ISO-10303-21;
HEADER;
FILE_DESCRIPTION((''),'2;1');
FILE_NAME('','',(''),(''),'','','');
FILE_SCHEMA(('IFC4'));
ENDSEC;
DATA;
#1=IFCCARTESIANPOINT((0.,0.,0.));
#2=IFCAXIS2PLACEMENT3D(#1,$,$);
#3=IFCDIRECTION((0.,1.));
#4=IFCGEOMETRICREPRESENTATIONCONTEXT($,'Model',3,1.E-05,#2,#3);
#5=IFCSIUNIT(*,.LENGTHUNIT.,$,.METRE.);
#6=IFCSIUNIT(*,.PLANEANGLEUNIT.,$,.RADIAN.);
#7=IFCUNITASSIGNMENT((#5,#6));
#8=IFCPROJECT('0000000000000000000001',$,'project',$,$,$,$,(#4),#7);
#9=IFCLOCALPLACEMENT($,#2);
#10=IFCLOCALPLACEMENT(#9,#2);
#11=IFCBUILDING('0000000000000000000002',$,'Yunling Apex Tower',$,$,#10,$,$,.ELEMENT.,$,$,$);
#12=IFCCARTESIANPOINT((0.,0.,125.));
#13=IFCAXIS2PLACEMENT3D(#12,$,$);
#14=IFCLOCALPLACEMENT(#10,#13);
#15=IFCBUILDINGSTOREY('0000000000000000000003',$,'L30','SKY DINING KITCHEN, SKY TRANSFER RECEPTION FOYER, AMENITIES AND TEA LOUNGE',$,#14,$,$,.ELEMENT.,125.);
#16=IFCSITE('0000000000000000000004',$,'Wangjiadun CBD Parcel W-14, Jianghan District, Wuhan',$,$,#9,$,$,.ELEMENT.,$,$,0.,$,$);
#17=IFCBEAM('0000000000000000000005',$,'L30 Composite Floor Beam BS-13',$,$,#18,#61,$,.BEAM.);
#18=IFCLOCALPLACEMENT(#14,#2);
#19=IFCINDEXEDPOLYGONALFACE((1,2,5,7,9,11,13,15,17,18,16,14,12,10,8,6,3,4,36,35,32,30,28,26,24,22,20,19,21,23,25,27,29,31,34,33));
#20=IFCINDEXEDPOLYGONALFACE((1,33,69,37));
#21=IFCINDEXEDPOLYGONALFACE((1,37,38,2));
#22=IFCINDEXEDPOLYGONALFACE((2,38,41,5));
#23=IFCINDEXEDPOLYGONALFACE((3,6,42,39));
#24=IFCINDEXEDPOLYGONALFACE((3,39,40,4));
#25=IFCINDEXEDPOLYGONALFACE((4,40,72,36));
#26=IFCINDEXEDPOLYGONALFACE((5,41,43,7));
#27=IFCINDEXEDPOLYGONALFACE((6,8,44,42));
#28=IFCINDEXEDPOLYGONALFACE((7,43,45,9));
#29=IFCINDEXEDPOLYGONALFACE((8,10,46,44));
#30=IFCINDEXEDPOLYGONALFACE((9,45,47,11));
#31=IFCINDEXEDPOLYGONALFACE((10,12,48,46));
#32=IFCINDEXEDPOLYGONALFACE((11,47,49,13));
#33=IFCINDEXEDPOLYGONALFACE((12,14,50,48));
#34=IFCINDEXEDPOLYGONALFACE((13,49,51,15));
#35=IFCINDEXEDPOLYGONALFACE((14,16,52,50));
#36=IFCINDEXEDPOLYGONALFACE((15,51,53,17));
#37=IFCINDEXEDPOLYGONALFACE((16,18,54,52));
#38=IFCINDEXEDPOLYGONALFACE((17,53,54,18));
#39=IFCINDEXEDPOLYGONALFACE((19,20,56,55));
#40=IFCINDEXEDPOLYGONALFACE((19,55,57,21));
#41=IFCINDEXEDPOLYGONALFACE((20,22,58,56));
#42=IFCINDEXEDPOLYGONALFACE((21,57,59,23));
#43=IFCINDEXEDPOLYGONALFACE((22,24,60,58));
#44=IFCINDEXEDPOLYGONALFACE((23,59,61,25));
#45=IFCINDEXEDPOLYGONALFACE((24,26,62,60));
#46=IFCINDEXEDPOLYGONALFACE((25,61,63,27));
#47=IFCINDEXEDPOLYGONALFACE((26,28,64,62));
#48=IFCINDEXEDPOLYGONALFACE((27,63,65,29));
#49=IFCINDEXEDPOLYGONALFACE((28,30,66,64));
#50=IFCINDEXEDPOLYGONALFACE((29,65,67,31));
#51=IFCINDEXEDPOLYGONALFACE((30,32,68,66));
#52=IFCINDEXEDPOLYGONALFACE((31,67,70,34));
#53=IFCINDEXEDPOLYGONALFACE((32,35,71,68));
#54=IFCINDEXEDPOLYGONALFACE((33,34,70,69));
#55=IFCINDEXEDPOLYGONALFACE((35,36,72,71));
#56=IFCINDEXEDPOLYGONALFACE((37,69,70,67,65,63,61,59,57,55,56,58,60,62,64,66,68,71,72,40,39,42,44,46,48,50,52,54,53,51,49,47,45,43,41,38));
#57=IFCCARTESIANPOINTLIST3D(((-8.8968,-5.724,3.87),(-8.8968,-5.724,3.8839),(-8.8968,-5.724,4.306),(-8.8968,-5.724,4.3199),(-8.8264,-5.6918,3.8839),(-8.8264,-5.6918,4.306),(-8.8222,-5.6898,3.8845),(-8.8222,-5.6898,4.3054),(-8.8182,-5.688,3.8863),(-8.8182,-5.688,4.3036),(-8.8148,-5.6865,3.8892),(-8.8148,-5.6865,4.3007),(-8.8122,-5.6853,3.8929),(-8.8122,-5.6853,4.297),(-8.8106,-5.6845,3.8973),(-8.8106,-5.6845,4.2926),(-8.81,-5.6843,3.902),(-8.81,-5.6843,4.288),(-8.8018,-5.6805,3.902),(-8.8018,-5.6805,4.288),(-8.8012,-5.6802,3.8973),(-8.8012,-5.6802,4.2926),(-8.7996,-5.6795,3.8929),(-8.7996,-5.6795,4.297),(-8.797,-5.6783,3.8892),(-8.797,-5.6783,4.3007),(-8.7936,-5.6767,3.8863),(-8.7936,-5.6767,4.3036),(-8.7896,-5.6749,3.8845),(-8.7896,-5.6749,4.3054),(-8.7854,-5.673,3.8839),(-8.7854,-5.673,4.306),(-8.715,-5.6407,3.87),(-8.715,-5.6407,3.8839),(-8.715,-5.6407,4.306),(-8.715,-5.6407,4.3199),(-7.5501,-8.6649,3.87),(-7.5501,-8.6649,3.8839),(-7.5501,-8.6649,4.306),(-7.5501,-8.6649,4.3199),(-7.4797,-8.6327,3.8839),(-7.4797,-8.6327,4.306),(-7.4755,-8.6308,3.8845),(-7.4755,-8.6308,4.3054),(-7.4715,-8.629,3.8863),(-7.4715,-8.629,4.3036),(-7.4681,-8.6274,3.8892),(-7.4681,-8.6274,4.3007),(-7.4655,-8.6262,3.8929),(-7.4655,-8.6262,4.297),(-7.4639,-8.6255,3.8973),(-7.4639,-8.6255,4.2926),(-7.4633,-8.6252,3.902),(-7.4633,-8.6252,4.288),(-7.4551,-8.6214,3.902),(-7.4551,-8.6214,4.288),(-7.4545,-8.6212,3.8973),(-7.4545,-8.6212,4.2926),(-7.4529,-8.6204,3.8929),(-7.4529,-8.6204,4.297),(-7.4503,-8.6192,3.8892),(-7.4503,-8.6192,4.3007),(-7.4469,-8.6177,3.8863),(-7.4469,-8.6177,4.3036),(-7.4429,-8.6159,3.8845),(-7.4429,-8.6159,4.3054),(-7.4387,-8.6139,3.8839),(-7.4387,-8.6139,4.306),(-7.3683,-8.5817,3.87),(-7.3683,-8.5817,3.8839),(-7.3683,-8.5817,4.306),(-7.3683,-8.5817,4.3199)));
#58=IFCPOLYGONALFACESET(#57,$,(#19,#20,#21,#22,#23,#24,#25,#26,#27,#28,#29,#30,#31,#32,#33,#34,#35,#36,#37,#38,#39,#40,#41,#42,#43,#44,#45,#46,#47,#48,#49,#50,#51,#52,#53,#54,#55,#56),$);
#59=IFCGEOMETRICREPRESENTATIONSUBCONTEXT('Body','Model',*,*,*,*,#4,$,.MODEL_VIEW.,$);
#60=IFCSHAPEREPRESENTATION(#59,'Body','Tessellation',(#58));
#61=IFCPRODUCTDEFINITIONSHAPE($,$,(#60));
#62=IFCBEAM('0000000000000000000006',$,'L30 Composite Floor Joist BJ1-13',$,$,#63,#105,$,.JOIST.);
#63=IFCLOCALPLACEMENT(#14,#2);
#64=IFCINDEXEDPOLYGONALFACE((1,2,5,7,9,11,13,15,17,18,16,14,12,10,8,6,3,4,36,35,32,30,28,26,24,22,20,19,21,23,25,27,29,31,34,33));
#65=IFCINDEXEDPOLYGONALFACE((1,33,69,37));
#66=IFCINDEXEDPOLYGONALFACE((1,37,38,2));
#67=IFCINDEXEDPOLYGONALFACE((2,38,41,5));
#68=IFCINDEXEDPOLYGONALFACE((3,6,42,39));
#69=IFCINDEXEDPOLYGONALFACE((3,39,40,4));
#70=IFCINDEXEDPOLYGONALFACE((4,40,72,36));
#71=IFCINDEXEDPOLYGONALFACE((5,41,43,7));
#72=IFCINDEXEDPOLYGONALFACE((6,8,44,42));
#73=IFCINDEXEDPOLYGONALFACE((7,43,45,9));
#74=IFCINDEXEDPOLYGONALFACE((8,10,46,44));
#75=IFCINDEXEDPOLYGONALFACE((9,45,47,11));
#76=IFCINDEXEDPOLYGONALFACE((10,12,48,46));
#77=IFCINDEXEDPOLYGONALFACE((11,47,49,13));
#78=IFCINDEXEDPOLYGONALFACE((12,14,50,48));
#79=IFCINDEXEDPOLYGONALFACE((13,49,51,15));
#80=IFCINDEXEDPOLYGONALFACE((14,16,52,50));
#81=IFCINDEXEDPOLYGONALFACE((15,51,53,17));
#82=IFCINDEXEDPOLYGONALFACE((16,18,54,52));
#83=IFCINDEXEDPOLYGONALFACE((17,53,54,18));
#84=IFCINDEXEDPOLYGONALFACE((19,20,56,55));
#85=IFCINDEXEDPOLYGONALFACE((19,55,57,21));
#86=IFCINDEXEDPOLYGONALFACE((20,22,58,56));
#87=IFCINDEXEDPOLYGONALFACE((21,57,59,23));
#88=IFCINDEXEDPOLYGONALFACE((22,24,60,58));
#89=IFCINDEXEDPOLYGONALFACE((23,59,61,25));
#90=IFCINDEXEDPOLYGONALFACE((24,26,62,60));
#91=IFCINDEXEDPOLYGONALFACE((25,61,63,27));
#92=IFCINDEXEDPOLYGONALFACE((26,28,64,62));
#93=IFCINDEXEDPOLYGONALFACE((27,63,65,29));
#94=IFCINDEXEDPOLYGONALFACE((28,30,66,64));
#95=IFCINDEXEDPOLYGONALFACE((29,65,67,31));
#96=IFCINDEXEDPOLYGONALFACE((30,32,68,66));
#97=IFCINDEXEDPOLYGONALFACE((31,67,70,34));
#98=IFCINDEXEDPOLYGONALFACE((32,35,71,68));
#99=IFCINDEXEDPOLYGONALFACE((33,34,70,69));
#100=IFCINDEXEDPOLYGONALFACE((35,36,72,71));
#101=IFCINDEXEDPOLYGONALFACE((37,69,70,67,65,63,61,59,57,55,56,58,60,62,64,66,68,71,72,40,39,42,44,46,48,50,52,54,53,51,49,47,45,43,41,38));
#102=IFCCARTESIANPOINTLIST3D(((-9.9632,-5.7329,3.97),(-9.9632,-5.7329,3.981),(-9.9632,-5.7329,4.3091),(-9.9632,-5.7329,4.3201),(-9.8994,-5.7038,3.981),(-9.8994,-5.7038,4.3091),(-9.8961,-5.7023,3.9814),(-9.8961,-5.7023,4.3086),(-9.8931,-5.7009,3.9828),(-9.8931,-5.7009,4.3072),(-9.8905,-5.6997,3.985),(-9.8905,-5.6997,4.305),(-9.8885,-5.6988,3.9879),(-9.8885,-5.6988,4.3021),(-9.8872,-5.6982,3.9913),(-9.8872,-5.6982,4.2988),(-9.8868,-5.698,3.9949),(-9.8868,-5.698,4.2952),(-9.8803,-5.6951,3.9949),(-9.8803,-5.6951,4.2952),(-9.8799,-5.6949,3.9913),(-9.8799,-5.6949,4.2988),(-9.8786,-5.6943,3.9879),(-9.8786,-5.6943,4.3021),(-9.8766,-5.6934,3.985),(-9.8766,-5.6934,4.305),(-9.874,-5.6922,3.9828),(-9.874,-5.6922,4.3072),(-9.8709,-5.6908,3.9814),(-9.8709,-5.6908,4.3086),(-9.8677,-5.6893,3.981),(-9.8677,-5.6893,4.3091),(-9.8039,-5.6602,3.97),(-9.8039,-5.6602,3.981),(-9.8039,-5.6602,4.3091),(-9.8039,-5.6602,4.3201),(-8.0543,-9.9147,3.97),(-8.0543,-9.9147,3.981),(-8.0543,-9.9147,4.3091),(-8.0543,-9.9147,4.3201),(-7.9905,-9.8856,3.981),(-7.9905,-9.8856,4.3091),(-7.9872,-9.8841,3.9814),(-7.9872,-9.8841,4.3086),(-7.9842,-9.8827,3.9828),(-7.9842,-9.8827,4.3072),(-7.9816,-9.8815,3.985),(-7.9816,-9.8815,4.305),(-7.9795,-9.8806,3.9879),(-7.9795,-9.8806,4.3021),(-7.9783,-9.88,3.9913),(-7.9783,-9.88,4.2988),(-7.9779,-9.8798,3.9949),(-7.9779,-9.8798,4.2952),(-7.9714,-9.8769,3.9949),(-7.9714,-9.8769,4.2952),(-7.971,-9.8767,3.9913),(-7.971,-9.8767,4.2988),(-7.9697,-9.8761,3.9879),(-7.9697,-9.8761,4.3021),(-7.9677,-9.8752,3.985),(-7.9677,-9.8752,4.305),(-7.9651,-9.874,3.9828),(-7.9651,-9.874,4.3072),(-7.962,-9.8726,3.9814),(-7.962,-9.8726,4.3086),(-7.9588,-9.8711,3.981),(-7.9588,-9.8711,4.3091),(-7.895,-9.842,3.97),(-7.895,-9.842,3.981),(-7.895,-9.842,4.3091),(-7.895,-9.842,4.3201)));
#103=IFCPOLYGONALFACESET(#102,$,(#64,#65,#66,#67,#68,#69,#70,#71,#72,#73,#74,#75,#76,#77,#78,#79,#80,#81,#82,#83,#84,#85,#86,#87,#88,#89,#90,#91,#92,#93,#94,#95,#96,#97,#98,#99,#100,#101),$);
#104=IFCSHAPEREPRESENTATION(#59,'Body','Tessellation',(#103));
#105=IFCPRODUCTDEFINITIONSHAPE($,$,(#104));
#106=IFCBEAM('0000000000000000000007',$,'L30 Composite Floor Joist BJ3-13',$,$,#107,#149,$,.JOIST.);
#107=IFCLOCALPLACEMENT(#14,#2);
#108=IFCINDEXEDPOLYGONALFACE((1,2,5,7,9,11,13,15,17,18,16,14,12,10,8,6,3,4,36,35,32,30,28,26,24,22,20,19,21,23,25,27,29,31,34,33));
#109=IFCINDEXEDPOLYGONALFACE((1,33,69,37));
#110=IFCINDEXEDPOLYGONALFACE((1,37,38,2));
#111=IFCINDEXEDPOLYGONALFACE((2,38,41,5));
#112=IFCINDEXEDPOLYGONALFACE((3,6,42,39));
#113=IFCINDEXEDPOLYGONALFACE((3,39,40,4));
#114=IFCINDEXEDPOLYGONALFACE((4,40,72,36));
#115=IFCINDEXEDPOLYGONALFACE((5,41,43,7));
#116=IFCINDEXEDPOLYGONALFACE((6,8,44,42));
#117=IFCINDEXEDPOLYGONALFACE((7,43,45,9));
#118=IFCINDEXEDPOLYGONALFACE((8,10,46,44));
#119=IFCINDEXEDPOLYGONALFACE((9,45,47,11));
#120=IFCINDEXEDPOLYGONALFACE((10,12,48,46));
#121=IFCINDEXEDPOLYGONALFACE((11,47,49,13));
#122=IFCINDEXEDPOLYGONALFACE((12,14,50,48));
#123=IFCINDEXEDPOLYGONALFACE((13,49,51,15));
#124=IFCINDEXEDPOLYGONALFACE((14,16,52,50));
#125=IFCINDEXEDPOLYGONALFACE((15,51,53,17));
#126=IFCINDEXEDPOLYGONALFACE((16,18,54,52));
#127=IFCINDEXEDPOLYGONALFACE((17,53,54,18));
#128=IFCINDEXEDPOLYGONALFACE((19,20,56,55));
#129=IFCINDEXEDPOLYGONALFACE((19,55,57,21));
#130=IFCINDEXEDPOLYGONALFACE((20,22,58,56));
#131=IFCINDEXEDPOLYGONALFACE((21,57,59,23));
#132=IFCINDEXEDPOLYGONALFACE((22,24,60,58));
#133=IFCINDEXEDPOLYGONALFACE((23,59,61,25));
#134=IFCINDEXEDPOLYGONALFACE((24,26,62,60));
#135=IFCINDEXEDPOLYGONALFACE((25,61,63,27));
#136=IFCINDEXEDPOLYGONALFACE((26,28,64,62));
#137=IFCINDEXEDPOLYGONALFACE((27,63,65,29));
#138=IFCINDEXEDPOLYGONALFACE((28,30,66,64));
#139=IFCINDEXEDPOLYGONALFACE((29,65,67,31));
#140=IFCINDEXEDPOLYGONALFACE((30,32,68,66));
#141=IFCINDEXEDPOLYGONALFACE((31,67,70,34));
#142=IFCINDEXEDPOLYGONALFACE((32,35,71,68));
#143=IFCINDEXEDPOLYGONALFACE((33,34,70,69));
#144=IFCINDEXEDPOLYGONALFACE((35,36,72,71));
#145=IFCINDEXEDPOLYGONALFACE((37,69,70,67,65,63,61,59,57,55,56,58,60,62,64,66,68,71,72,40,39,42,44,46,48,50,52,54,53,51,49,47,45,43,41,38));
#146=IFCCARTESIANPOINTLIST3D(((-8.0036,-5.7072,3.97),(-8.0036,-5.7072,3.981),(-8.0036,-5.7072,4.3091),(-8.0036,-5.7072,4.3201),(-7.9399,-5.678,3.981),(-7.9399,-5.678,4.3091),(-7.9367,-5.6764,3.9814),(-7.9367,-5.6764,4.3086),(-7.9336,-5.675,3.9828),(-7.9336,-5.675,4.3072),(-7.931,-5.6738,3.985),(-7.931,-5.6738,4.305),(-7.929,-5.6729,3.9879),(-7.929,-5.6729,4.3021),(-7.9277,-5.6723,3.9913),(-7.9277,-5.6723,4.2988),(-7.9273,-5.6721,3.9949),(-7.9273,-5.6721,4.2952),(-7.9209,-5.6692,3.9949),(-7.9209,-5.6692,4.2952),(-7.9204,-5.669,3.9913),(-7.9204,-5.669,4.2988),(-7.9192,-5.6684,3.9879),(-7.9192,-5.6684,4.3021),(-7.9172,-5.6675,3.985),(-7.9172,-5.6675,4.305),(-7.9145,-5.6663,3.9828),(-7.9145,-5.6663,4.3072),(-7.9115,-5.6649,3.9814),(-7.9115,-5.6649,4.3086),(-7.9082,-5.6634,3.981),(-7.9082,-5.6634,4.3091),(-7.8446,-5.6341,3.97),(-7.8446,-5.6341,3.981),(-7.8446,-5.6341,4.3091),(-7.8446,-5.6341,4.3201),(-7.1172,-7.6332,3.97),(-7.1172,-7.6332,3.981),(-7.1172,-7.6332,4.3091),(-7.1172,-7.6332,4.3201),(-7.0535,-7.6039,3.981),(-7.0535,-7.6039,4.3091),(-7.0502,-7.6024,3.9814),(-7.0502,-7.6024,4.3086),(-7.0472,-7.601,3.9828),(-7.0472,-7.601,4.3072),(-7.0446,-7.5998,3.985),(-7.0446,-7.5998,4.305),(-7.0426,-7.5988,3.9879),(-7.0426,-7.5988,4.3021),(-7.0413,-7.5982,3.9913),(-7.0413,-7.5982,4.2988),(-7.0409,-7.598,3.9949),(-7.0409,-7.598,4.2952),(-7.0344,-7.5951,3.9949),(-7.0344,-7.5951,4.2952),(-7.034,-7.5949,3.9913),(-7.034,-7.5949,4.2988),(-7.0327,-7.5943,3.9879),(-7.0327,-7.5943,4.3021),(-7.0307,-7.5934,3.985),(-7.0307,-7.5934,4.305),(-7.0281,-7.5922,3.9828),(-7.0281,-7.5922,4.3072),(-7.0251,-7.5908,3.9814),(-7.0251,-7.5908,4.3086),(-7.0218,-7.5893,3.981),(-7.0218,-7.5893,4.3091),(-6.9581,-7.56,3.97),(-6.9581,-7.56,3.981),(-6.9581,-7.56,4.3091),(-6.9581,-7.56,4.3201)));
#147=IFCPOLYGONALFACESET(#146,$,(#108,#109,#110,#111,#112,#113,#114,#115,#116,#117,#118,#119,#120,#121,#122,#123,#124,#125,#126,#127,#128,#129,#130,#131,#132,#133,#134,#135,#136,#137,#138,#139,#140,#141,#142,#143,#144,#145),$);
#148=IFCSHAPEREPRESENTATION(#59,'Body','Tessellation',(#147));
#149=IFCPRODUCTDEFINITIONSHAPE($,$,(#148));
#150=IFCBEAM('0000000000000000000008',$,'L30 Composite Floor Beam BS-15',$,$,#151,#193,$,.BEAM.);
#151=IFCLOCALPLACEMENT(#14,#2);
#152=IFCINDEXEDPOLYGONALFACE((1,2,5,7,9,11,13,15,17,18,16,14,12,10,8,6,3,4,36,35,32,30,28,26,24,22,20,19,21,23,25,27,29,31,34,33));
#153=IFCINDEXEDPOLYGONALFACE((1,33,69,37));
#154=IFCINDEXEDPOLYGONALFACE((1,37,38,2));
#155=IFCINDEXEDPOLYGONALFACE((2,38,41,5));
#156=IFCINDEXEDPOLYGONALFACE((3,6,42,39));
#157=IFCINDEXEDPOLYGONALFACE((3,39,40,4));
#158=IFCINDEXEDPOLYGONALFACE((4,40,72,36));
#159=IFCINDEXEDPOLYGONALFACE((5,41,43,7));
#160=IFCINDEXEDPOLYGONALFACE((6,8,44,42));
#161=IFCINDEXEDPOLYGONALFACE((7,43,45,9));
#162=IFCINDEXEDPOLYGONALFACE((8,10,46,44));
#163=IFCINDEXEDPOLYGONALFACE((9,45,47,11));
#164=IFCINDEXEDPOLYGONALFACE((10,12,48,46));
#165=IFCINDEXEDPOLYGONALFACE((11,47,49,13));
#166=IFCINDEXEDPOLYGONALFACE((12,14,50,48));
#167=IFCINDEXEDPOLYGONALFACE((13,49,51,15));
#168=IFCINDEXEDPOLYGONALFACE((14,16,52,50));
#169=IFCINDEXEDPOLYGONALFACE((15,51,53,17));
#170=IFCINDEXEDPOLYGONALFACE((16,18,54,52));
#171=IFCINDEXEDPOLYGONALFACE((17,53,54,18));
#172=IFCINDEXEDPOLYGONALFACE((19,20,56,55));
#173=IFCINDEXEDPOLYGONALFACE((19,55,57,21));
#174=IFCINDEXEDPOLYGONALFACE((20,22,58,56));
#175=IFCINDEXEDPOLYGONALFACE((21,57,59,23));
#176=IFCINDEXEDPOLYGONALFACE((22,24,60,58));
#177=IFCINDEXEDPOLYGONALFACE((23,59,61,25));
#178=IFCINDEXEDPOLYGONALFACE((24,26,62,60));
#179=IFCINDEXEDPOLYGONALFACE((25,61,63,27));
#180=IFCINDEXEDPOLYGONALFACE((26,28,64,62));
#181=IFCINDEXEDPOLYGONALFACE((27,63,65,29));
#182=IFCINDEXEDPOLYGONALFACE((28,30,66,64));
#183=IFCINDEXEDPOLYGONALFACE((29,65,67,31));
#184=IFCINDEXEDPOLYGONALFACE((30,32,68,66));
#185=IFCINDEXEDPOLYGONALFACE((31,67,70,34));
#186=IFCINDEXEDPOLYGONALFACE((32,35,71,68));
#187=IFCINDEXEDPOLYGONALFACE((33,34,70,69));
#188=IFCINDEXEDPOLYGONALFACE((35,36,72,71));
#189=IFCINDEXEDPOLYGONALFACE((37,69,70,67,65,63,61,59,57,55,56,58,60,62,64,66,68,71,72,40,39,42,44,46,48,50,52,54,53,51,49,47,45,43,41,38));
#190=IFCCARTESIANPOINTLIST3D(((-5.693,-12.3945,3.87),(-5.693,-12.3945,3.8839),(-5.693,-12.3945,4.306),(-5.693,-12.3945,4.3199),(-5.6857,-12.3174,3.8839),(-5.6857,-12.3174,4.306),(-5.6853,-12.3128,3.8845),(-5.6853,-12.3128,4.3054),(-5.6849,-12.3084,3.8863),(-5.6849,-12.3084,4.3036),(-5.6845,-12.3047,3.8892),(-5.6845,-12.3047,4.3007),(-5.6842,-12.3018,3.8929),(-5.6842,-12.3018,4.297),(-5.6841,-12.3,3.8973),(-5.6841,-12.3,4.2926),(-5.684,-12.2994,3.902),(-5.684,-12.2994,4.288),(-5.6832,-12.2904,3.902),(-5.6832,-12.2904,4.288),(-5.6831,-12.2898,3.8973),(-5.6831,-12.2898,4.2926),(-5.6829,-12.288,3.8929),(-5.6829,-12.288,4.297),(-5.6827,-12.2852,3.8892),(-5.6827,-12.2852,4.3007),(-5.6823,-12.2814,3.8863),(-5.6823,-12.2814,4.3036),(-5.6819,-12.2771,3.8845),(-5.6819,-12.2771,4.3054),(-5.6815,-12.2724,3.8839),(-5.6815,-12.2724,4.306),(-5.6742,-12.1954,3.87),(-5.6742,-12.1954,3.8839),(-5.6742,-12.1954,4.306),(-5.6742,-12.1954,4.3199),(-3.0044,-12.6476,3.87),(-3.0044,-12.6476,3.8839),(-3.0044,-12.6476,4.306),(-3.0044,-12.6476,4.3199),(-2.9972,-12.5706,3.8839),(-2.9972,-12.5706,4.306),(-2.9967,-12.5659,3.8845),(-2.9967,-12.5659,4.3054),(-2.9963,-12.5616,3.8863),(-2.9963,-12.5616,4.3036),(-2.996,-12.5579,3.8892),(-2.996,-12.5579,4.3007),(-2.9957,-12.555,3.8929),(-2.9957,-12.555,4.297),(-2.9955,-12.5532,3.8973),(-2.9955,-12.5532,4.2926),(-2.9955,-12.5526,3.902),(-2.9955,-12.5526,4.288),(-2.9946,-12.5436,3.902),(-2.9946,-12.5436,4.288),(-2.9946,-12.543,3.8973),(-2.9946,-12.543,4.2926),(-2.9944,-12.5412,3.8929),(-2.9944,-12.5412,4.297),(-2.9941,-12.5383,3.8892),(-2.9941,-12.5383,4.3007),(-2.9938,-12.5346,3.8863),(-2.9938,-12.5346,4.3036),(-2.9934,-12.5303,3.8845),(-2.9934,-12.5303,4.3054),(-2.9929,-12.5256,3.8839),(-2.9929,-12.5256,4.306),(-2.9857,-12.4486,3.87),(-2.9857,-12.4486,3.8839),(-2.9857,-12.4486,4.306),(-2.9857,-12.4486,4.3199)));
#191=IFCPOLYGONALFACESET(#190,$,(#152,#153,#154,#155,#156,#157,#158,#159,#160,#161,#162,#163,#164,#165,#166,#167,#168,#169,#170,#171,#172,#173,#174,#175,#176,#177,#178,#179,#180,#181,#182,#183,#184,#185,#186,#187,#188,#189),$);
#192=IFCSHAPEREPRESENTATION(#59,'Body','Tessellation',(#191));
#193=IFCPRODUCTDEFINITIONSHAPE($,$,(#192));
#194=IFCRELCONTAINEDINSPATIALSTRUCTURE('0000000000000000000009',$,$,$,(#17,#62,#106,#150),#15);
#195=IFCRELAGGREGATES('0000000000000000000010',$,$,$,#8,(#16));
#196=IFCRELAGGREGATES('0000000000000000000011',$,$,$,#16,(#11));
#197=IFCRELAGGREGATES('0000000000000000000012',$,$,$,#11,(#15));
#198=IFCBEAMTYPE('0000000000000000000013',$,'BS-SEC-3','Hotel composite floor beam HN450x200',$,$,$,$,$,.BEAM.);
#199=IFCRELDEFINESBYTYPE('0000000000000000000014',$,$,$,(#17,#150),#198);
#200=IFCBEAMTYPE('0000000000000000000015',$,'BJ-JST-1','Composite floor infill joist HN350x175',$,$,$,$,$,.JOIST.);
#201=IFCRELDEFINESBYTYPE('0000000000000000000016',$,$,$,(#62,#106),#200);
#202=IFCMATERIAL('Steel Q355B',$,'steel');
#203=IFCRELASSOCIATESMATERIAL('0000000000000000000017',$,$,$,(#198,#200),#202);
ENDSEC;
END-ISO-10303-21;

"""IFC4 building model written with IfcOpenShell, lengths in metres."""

from ifc_helpers import new_model, si_unit, direction, frame, origin, origin_2d, place, context, subcontext, project, spatial, i_section, extrude, source, transform, mapped, material, material_profile, profile_set, type_object, element, save


model = new_model("IFC4")

# Units and contexts
model_context = context("Model", 3, precision=1e-05, world=origin(), true_north=direction((0.0, 1.0)))
body_context = subcontext(model_context, "Body", "Model", "MODEL_VIEW")
ifc_project = project(units=[si_unit("LENGTHUNIT", "METRE"), si_unit("PLANEANGLEUNIT", "RADIAN")], contexts=[model_context])

# Site, building, storey
site_placement = place(None, origin())
site = spatial("IfcSite", under=ifc_project, at=site_placement, Name="Wangjiadun CBD Parcel W-14, Jianghan District, Wuhan", CompositionType="ELEMENT", RefElevation=0.0)
building_placement = place(site_placement, origin())
building = spatial("IfcBuilding", under=site, at=building_placement, Name="Yunling Apex Tower", CompositionType="ELEMENT")
storey_placement = place(building_placement, frame((0.0, 0.0, 125.0)))
storey = spatial("IfcBuildingStorey", under=building, at=storey_placement, Name="L30", Description="SKY DINING KITCHEN, SKY TRANSFER RECEPTION FOYER, AMENITIES AND TEA LOUNGE", CompositionType="ELEMENT", Elevation=125.0)

# Beams
ifc_material_1 = material(Name="Steel Q355B", Category="steel")
ifc_material_profile_1 = material_profile(ifc_material_1, i_section(OverallWidth=0.2, OverallDepth=0.45, WebThickness=0.009, FlangeThickness=0.0139, FilletRadius=0.0181, at=origin_2d()))
ifc_profile_set_1 = profile_set([ifc_material_profile_1], Name="Steel Q355B")
beam_type_1 = type_object("IfcBeamType", Name="BS-SEC-3", Description="Hotel composite floor beam HN450x200", PredefinedType="BEAM", material=ifc_profile_set_1)
ifc_material_profile_2 = material_profile(ifc_material_1, i_section(OverallWidth=0.175, OverallDepth=0.3501, WebThickness=0.0071, FlangeThickness=0.011, FilletRadius=0.0139, at=origin_2d()))
ifc_profile_set_2 = profile_set([ifc_material_profile_2], Name="Steel Q355B")
beam_type_2 = type_object("IfcBeamType", Name="BJ-JST-1", Description="Composite floor infill joist HN350x175", PredefinedType="JOIST", material=ifc_profile_set_2)
shared_shape_1 = source(origin(), body_context, "Body", "SweptSolid", [
    extrude(i_section(OverallWidth=0.2, OverallDepth=0.45, WebThickness=0.009, FlangeThickness=0.0139, FilletRadius=0.0181, at=origin_2d()), origin(), (0.0, 0.0, 1.0), 3.2346),
])
beam_1_placement = place(storey_placement, frame((-8.8059, -5.6824, 4.095), z_axis=(0.416338, -0.90921, 0.0), x_axis=(0.90921, 0.416338, 0.0)))
element("IfcBeam", 1, at=beam_1_placement, inside=storey, type_object=beam_type_1, Name="L30 Composite Floor Beam BS-13", PredefinedType="BEAM", context=body_context, shape_type="MappedRepresentation", body=[
    mapped(shared_shape_1, transform((0.0, 0.0, 0.0), scale=1.0)),
])
shared_shape_2 = source(origin(), body_context, "Body", "SweptSolid", [
    extrude(i_section(OverallWidth=0.175, OverallDepth=0.3501, WebThickness=0.0071, FlangeThickness=0.011, FilletRadius=0.0139, at=origin_2d()), origin(), (0.0, 0.0, 1.0), 4.5969),
])
beam_2_placement = place(storey_placement, frame((-9.8835, -5.6965, 4.145), z_axis=(0.415259, -0.909703, 0.0), x_axis=(0.909703, 0.415259, 0.0)))
element("IfcBeam", 2, at=beam_2_placement, inside=storey, type_object=beam_type_2, Name="L30 Composite Floor Joist BJ1-13", PredefinedType="JOIST", context=body_context, shape_type="MappedRepresentation", body=[
    mapped(shared_shape_2, transform((0.0, 0.0, 0.0), scale=1.0)),
])
shared_shape_3 = source(origin(), body_context, "Body", "SweptSolid", [
    extrude(i_section(OverallWidth=0.175, OverallDepth=0.3501, WebThickness=0.0071, FlangeThickness=0.011, FilletRadius=0.0139, at=origin_2d()), origin(), (0.0, 0.0, 1.0), 2.1201),
])
beam_3_placement = place(storey_placement, frame((-7.9241, -5.6707, 4.145), z_axis=(0.418101, -0.9084, 0.0), x_axis=(0.9084, 0.418101, 0.0)))
element("IfcBeam", 3, at=beam_3_placement, inside=storey, type_object=beam_type_2, Name="L30 Composite Floor Joist BJ3-13", PredefinedType="JOIST", context=body_context, shape_type="MappedRepresentation", body=[
    mapped(shared_shape_3, transform((0.0, 0.0, 0.0), scale=1.0)),
])
shared_shape_4 = source(origin(), body_context, "Body", "SweptSolid", [
    extrude(i_section(OverallWidth=0.2, OverallDepth=0.45, WebThickness=0.009, FlangeThickness=0.0139, FilletRadius=0.0181, at=origin_2d()), origin(), (0.0, 0.0, 1.0), 2.7004),
])
beam_4_placement = place(storey_placement, frame((-5.6836, -12.2949, 4.095), z_axis=(0.995595, -0.093755, 0.0), x_axis=(0.093755, 0.995595, 0.0)))
element("IfcBeam", 4, at=beam_4_placement, inside=storey, type_object=beam_type_1, Name="L30 Composite Floor Beam BS-15", PredefinedType="BEAM", context=body_context, shape_type="MappedRepresentation", body=[
    mapped(shared_shape_4, transform((0.0, 0.0, 0.0), scale=1.0)),
])

save(model, "model.ifc")
